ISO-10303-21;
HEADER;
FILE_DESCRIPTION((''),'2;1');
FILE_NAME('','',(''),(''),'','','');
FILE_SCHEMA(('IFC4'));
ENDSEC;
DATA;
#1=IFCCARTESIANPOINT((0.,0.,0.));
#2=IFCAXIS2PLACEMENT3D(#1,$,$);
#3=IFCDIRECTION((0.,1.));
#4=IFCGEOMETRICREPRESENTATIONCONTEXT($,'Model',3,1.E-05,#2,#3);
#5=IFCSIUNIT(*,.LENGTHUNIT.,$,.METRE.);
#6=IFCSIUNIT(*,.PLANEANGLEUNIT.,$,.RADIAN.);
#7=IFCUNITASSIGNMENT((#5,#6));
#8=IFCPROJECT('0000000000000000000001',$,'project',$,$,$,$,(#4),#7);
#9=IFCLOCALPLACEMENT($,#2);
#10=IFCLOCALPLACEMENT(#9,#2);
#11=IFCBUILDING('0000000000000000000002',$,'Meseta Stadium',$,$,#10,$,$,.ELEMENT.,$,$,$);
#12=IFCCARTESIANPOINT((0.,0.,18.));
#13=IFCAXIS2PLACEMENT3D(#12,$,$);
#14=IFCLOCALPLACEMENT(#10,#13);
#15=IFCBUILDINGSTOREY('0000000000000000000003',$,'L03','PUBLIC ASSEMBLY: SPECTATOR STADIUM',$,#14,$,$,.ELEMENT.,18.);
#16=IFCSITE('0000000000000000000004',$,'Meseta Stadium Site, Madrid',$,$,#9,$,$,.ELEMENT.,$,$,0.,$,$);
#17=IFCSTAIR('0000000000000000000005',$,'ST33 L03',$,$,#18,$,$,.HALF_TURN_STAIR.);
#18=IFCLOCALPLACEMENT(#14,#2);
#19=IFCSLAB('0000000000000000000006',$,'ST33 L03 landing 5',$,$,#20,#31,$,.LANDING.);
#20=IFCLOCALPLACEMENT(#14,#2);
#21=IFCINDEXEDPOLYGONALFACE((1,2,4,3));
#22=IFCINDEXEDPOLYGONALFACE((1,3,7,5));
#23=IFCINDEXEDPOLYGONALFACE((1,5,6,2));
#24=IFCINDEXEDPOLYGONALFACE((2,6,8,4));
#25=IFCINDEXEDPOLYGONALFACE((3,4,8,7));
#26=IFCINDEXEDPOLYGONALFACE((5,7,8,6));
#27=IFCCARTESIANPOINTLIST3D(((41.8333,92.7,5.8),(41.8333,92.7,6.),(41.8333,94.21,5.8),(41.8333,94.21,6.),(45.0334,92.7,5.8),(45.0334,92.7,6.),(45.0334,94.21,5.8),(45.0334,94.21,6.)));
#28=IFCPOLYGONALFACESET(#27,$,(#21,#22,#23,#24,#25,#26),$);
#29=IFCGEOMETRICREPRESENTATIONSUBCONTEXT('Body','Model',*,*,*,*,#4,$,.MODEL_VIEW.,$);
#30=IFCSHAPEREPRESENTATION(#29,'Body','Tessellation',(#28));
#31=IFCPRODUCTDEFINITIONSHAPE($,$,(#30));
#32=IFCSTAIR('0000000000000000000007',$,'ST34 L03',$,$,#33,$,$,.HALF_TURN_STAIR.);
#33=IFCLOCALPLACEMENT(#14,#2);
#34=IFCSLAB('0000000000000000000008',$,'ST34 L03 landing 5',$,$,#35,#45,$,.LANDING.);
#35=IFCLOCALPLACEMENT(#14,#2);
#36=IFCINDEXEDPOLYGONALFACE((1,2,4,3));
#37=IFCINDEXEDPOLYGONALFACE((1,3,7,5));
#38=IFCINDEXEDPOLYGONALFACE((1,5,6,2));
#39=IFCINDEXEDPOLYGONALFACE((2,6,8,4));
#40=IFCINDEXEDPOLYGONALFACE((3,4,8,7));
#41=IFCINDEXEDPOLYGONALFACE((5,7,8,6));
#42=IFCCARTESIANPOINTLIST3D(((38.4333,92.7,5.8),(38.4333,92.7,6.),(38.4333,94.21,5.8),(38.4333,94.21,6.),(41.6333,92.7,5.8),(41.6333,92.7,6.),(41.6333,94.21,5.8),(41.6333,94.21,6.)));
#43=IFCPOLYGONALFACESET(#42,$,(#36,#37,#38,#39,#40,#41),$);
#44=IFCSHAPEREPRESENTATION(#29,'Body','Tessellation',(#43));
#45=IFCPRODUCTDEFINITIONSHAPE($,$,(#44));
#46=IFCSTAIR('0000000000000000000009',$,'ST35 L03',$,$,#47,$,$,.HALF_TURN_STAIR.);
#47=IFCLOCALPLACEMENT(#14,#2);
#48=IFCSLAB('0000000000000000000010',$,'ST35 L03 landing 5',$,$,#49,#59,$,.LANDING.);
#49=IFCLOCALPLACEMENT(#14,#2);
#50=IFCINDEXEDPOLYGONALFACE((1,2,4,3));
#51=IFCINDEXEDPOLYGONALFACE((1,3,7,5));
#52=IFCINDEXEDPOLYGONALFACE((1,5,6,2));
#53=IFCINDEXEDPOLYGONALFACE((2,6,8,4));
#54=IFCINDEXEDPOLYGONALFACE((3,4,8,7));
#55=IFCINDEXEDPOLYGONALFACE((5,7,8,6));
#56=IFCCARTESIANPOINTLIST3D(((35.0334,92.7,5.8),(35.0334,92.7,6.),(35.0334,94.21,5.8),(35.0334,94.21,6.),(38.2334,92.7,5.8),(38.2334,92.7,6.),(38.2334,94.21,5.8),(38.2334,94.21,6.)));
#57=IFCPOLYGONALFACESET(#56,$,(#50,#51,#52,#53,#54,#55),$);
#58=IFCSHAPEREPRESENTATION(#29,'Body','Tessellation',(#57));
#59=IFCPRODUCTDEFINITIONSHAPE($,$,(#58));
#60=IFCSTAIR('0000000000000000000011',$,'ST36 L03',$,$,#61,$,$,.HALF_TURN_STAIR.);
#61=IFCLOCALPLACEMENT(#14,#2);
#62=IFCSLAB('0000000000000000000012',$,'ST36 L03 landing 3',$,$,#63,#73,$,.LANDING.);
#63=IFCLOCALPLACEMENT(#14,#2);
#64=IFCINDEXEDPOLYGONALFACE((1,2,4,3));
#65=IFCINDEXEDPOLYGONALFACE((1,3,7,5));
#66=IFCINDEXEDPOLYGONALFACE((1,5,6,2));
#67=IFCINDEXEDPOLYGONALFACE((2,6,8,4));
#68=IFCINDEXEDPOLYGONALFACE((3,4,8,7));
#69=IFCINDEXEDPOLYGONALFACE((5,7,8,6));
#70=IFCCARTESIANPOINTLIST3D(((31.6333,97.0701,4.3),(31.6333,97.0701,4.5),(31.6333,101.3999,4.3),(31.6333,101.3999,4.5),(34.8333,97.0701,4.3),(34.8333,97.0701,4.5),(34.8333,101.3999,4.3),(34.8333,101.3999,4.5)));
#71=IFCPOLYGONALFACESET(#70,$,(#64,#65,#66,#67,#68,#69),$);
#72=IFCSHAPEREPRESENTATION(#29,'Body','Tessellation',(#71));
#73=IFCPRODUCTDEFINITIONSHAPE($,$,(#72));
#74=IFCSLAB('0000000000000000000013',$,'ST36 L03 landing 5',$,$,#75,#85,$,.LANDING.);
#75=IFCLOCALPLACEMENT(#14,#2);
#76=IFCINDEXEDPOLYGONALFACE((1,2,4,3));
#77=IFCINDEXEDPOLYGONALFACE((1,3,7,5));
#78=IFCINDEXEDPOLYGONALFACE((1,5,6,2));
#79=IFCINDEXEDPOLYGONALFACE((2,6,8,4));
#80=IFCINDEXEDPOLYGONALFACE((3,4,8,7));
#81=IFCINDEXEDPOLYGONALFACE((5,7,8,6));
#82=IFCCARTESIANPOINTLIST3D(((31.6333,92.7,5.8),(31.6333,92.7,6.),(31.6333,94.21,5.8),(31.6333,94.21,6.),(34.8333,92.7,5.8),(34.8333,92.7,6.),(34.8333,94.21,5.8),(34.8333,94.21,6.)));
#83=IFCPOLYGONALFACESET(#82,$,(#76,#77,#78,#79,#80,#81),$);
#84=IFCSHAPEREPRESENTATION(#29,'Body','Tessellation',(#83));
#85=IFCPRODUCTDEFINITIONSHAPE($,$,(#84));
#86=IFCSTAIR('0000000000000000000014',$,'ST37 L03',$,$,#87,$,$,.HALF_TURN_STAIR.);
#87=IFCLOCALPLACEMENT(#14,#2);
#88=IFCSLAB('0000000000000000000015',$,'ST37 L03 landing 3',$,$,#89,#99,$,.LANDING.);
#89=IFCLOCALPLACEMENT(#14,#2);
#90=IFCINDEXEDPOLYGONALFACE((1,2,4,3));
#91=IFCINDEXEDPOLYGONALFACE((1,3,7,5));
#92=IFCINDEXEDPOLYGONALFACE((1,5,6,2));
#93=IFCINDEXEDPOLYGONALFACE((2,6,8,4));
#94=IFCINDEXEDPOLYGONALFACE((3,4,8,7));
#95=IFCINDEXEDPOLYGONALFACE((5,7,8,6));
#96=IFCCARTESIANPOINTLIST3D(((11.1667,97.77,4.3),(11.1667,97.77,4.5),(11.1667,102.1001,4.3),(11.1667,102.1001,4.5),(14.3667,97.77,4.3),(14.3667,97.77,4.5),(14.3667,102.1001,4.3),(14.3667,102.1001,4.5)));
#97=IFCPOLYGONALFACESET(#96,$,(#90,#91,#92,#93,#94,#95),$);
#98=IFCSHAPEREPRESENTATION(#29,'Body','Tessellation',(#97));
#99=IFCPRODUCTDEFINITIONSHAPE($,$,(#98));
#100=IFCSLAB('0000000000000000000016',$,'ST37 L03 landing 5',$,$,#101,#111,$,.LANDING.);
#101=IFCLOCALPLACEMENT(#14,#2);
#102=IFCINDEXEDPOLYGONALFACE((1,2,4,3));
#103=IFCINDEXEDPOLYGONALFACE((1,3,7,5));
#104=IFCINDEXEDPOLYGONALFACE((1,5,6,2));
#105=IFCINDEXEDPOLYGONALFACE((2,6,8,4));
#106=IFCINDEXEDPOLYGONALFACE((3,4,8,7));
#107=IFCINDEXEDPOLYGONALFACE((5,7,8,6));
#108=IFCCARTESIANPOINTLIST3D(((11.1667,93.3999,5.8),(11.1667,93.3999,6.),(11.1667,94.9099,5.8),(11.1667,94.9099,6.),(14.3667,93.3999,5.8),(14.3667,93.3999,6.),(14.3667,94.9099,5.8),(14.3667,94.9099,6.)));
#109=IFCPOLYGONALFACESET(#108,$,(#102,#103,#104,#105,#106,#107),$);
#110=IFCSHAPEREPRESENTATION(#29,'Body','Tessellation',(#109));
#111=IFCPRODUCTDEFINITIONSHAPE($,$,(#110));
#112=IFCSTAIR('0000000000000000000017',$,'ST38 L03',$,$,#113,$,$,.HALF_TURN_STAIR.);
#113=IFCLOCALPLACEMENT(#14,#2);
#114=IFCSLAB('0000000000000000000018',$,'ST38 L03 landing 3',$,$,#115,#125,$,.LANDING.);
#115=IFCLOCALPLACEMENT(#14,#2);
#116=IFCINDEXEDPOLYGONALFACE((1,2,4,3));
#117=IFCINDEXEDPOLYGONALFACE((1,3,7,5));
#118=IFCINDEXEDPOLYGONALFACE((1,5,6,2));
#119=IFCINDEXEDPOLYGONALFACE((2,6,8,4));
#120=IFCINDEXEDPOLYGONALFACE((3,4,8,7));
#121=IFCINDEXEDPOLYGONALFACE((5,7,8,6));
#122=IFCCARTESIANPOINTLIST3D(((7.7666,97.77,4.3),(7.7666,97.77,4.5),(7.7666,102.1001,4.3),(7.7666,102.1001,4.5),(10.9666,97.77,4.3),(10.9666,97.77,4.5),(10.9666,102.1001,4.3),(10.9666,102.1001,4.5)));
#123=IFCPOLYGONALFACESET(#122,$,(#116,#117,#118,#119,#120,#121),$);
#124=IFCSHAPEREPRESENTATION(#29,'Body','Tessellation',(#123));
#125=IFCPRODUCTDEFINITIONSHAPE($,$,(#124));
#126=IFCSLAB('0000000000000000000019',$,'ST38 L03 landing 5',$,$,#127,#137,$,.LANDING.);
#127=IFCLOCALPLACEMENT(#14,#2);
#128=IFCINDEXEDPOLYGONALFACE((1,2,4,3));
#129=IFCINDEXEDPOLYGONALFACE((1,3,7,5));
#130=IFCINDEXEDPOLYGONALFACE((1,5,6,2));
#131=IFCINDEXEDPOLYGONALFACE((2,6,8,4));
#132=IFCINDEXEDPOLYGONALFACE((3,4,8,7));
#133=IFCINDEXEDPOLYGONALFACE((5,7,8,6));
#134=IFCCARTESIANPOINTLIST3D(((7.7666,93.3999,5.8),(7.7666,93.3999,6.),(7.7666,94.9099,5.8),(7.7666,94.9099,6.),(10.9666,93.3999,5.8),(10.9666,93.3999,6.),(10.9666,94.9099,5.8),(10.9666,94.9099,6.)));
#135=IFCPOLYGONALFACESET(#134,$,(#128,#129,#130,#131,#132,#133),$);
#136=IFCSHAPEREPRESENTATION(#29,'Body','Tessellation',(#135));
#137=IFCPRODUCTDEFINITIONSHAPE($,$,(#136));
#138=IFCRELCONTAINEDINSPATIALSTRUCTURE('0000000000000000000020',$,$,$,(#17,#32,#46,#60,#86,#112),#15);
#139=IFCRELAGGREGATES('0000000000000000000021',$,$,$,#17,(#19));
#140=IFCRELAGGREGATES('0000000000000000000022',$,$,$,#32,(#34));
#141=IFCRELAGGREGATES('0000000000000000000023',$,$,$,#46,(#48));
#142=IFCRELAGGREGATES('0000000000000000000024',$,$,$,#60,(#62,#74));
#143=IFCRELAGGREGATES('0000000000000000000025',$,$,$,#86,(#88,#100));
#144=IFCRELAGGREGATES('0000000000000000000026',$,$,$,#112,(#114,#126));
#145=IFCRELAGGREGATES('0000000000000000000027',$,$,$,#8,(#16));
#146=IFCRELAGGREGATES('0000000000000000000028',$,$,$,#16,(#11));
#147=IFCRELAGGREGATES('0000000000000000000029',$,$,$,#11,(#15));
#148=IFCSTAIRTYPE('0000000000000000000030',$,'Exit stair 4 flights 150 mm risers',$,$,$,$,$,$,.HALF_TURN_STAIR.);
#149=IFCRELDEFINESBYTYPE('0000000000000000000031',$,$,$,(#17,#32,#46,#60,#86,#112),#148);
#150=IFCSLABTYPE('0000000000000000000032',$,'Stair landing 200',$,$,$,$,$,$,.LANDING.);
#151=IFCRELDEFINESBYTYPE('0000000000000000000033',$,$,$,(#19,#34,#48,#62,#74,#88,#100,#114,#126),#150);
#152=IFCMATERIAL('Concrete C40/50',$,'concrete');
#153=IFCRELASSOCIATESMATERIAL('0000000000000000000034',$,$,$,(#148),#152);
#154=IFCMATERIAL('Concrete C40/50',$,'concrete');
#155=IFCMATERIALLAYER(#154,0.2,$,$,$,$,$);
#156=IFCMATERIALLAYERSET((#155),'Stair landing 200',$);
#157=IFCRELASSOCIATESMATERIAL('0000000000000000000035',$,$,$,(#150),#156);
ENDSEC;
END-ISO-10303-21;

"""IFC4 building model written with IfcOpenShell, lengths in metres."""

from ifc_helpers import new_model, si_unit, direction, frame, origin, place, context, subcontext, project, spatial, polyline, outline, extrude, material, layer, layer_set, type_object, element, aggregate, save


model = new_model("IFC4")

# Units and contexts
model_context = context("Model", 3, precision=1e-05, world=origin(), true_north=direction((0.0, 1.0)))
body_context = subcontext(model_context, "Body", "Model", "MODEL_VIEW")
ifc_project = project(units=[si_unit("LENGTHUNIT", "METRE"), si_unit("PLANEANGLEUNIT", "RADIAN")], contexts=[model_context])

# Site, building, storey
site_placement = place(None, origin())
site = spatial("IfcSite", under=ifc_project, at=site_placement, Name="Meseta Stadium Site, Madrid", CompositionType="ELEMENT", RefElevation=0.0)
building_placement = place(site_placement, origin())
building = spatial("IfcBuilding", under=site, at=building_placement, Name="Meseta Stadium", CompositionType="ELEMENT")
storey_placement = place(building_placement, frame((0.0, 0.0, 18.0)))
storey = spatial("IfcBuildingStorey", under=building, at=storey_placement, Name="L03", Description="PUBLIC ASSEMBLY: SPECTATOR STADIUM", CompositionType="ELEMENT", Elevation=18.0)

# Stairs, slabs
ifc_material_1 = material(Name="Concrete C40/50", Category="concrete")
stair_type = type_object("IfcStairType", Name="Exit stair 4 flights 150 mm risers", PredefinedType="HALF_TURN_STAIR", material=ifc_material_1)
ifc_material_2 = material(Name="Concrete C40/50", Category="concrete")
ifc_layer_1 = layer(ifc_material_2, 0.2)
ifc_layer_set_1 = layer_set([ifc_layer_1], Name="Stair landing 200")
slab_type_1 = type_object("IfcSlabType", Name="Stair landing 200", PredefinedType="LANDING", material=ifc_layer_set_1)
stair_1_placement = place(storey_placement, origin())
stair_1 = element("IfcStair", 1, at=stair_1_placement, inside=storey, type_object=stair_type, Name="ST33 L03", PredefinedType="HALF_TURN_STAIR")
slab_1_placement = place(storey_placement, frame((0.0, 0.0, 5.8)))
slab_1 = element("IfcSlab", 2, at=slab_1_placement, type_object=slab_type_1, Name="ST33 L03 landing 5", PredefinedType="LANDING", context=body_context, shape_type="SweptSolid", body=[
    extrude(outline(polyline([(45.0334, 92.7), (45.0334, 94.21), (41.8333, 94.21), (41.8333, 92.7), (45.0334, 92.7)])), origin(), (0.0, 0.0, 1.0), 0.2),
])
aggregate(stair_1, [slab_1])
stair_2_placement = place(storey_placement, origin())
stair_2 = element("IfcStair", 3, at=stair_2_placement, inside=storey, type_object=stair_type, Name="ST34 L03", PredefinedType="HALF_TURN_STAIR")
slab_2_placement = place(storey_placement, frame((0.0, 0.0, 5.8)))
slab_2 = element("IfcSlab", 4, at=slab_2_placement, type_object=slab_type_1, Name="ST34 L03 landing 5", PredefinedType="LANDING", context=body_context, shape_type="SweptSolid", body=[
    extrude(outline(polyline([(41.6333, 92.7), (41.6333, 94.21), (38.4333, 94.21), (38.4333, 92.7), (41.6333, 92.7)])), origin(), (0.0, 0.0, 1.0), 0.2),
])
aggregate(stair_2, [slab_2])
stair_3_placement = place(storey_placement, origin())
stair_3 = element("IfcStair", 5, at=stair_3_placement, inside=storey, type_object=stair_type, Name="ST35 L03", PredefinedType="HALF_TURN_STAIR")
slab_3_placement = place(storey_placement, frame((0.0, 0.0, 5.8)))
slab_3 = element("IfcSlab", 6, at=slab_3_placement, type_object=slab_type_1, Name="ST35 L03 landing 5", PredefinedType="LANDING", context=body_context, shape_type="SweptSolid", body=[
    extrude(outline(polyline([(38.2334, 92.7), (38.2334, 94.21), (35.0334, 94.21), (35.0334, 92.7), (38.2334, 92.7)])), origin(), (0.0, 0.0, 1.0), 0.2),
])
aggregate(stair_3, [slab_3])

# Stairs, slabs
stair_4_placement = place(storey_placement, origin())
stair_4 = element("IfcStair", 7, at=stair_4_placement, inside=storey, type_object=stair_type, Name="ST36 L03", PredefinedType="HALF_TURN_STAIR")
slab_4_placement = place(storey_placement, frame((0.0, 0.0, 4.3)))
slab_4 = element("IfcSlab", 8, at=slab_4_placement, type_object=slab_type_1, Name="ST36 L03 landing 3", PredefinedType="LANDING", context=body_context, shape_type="SweptSolid", body=[
    extrude(outline(polyline([(34.8333, 97.0701), (34.8333, 101.3999), (31.6333, 101.3999), (31.6333, 97.0701), (34.8333, 97.0701)])), origin(), (0.0, 0.0, 1.0), 0.2),
])
slab_5_placement = place(storey_placement, frame((0.0, 0.0, 5.8)))
slab_5 = element("IfcSlab", 9, at=slab_5_placement, type_object=slab_type_1, Name="ST36 L03 landing 5", PredefinedType="LANDING", context=body_context, shape_type="SweptSolid", body=[
    extrude(outline(polyline([(34.8333, 92.7), (34.8333, 94.21), (31.6333, 94.21), (31.6333, 92.7), (34.8333, 92.7)])), origin(), (0.0, 0.0, 1.0), 0.2),
])
aggregate(stair_4, [slab_4, slab_5])
stair_5_placement = place(storey_placement, origin())
stair_5 = element("IfcStair", 10, at=stair_5_placement, inside=storey, type_object=stair_type, Name="ST37 L03", PredefinedType="HALF_TURN_STAIR")
slab_6_placement = place(storey_placement, frame((0.0, 0.0, 4.3)))
slab_6 = element("IfcSlab", 11, at=slab_6_placement, type_object=slab_type_1, Name="ST37 L03 landing 3", PredefinedType="LANDING", context=body_context, shape_type="SweptSolid", body=[
    extrude(outline(polyline([(14.3667, 97.77), (14.3667, 102.1001), (11.1667, 102.1001), (11.1667, 97.77), (14.3667, 97.77)])), origin(), (0.0, 0.0, 1.0), 0.2),
])
slab_7_placement = place(storey_placement, frame((0.0, 0.0, 5.8)))
slab_7 = element("IfcSlab", 12, at=slab_7_placement, type_object=slab_type_1, Name="ST37 L03 landing 5", PredefinedType="LANDING", context=body_context, shape_type="SweptSolid", body=[
    extrude(outline(polyline([(14.3667, 93.3999), (14.3667, 94.9099), (11.1667, 94.9099), (11.1667, 93.3999), (14.3667, 93.3999)])), origin(), (0.0, 0.0, 1.0), 0.2),
])
aggregate(stair_5, [slab_6, slab_7])
stair_6_placement = place(storey_placement, origin())
stair_6 = element("IfcStair", 13, at=stair_6_placement, inside=storey, type_object=stair_type, Name="ST38 L03", PredefinedType="HALF_TURN_STAIR")
slab_8_placement = place(storey_placement, frame((0.0, 0.0, 4.3)))
slab_8 = element("IfcSlab", 14, at=slab_8_placement, type_object=slab_type_1, Name="ST38 L03 landing 3", PredefinedType="LANDING", context=body_context, shape_type="SweptSolid", body=[
    extrude(outline(polyline([(10.9666, 97.77), (10.9666, 102.1001), (7.7666, 102.1001), (7.7666, 97.77), (10.9666, 97.77)])), origin(), (0.0, 0.0, 1.0), 0.2),
])
slab_9_placement = place(storey_placement, frame((0.0, 0.0, 5.8)))
slab_9 = element("IfcSlab", 15, at=slab_9_placement, type_object=slab_type_1, Name="ST38 L03 landing 5", PredefinedType="LANDING", context=body_context, shape_type="SweptSolid", body=[
    extrude(outline(polyline([(10.9666, 93.3999), (10.9666, 94.9099), (7.7666, 94.9099), (7.7666, 93.3999), (10.9666, 93.3999)])), origin(), (0.0, 0.0, 1.0), 0.2),
])
aggregate(stair_6, [slab_8, slab_9])

save(model, "model.ifc")
